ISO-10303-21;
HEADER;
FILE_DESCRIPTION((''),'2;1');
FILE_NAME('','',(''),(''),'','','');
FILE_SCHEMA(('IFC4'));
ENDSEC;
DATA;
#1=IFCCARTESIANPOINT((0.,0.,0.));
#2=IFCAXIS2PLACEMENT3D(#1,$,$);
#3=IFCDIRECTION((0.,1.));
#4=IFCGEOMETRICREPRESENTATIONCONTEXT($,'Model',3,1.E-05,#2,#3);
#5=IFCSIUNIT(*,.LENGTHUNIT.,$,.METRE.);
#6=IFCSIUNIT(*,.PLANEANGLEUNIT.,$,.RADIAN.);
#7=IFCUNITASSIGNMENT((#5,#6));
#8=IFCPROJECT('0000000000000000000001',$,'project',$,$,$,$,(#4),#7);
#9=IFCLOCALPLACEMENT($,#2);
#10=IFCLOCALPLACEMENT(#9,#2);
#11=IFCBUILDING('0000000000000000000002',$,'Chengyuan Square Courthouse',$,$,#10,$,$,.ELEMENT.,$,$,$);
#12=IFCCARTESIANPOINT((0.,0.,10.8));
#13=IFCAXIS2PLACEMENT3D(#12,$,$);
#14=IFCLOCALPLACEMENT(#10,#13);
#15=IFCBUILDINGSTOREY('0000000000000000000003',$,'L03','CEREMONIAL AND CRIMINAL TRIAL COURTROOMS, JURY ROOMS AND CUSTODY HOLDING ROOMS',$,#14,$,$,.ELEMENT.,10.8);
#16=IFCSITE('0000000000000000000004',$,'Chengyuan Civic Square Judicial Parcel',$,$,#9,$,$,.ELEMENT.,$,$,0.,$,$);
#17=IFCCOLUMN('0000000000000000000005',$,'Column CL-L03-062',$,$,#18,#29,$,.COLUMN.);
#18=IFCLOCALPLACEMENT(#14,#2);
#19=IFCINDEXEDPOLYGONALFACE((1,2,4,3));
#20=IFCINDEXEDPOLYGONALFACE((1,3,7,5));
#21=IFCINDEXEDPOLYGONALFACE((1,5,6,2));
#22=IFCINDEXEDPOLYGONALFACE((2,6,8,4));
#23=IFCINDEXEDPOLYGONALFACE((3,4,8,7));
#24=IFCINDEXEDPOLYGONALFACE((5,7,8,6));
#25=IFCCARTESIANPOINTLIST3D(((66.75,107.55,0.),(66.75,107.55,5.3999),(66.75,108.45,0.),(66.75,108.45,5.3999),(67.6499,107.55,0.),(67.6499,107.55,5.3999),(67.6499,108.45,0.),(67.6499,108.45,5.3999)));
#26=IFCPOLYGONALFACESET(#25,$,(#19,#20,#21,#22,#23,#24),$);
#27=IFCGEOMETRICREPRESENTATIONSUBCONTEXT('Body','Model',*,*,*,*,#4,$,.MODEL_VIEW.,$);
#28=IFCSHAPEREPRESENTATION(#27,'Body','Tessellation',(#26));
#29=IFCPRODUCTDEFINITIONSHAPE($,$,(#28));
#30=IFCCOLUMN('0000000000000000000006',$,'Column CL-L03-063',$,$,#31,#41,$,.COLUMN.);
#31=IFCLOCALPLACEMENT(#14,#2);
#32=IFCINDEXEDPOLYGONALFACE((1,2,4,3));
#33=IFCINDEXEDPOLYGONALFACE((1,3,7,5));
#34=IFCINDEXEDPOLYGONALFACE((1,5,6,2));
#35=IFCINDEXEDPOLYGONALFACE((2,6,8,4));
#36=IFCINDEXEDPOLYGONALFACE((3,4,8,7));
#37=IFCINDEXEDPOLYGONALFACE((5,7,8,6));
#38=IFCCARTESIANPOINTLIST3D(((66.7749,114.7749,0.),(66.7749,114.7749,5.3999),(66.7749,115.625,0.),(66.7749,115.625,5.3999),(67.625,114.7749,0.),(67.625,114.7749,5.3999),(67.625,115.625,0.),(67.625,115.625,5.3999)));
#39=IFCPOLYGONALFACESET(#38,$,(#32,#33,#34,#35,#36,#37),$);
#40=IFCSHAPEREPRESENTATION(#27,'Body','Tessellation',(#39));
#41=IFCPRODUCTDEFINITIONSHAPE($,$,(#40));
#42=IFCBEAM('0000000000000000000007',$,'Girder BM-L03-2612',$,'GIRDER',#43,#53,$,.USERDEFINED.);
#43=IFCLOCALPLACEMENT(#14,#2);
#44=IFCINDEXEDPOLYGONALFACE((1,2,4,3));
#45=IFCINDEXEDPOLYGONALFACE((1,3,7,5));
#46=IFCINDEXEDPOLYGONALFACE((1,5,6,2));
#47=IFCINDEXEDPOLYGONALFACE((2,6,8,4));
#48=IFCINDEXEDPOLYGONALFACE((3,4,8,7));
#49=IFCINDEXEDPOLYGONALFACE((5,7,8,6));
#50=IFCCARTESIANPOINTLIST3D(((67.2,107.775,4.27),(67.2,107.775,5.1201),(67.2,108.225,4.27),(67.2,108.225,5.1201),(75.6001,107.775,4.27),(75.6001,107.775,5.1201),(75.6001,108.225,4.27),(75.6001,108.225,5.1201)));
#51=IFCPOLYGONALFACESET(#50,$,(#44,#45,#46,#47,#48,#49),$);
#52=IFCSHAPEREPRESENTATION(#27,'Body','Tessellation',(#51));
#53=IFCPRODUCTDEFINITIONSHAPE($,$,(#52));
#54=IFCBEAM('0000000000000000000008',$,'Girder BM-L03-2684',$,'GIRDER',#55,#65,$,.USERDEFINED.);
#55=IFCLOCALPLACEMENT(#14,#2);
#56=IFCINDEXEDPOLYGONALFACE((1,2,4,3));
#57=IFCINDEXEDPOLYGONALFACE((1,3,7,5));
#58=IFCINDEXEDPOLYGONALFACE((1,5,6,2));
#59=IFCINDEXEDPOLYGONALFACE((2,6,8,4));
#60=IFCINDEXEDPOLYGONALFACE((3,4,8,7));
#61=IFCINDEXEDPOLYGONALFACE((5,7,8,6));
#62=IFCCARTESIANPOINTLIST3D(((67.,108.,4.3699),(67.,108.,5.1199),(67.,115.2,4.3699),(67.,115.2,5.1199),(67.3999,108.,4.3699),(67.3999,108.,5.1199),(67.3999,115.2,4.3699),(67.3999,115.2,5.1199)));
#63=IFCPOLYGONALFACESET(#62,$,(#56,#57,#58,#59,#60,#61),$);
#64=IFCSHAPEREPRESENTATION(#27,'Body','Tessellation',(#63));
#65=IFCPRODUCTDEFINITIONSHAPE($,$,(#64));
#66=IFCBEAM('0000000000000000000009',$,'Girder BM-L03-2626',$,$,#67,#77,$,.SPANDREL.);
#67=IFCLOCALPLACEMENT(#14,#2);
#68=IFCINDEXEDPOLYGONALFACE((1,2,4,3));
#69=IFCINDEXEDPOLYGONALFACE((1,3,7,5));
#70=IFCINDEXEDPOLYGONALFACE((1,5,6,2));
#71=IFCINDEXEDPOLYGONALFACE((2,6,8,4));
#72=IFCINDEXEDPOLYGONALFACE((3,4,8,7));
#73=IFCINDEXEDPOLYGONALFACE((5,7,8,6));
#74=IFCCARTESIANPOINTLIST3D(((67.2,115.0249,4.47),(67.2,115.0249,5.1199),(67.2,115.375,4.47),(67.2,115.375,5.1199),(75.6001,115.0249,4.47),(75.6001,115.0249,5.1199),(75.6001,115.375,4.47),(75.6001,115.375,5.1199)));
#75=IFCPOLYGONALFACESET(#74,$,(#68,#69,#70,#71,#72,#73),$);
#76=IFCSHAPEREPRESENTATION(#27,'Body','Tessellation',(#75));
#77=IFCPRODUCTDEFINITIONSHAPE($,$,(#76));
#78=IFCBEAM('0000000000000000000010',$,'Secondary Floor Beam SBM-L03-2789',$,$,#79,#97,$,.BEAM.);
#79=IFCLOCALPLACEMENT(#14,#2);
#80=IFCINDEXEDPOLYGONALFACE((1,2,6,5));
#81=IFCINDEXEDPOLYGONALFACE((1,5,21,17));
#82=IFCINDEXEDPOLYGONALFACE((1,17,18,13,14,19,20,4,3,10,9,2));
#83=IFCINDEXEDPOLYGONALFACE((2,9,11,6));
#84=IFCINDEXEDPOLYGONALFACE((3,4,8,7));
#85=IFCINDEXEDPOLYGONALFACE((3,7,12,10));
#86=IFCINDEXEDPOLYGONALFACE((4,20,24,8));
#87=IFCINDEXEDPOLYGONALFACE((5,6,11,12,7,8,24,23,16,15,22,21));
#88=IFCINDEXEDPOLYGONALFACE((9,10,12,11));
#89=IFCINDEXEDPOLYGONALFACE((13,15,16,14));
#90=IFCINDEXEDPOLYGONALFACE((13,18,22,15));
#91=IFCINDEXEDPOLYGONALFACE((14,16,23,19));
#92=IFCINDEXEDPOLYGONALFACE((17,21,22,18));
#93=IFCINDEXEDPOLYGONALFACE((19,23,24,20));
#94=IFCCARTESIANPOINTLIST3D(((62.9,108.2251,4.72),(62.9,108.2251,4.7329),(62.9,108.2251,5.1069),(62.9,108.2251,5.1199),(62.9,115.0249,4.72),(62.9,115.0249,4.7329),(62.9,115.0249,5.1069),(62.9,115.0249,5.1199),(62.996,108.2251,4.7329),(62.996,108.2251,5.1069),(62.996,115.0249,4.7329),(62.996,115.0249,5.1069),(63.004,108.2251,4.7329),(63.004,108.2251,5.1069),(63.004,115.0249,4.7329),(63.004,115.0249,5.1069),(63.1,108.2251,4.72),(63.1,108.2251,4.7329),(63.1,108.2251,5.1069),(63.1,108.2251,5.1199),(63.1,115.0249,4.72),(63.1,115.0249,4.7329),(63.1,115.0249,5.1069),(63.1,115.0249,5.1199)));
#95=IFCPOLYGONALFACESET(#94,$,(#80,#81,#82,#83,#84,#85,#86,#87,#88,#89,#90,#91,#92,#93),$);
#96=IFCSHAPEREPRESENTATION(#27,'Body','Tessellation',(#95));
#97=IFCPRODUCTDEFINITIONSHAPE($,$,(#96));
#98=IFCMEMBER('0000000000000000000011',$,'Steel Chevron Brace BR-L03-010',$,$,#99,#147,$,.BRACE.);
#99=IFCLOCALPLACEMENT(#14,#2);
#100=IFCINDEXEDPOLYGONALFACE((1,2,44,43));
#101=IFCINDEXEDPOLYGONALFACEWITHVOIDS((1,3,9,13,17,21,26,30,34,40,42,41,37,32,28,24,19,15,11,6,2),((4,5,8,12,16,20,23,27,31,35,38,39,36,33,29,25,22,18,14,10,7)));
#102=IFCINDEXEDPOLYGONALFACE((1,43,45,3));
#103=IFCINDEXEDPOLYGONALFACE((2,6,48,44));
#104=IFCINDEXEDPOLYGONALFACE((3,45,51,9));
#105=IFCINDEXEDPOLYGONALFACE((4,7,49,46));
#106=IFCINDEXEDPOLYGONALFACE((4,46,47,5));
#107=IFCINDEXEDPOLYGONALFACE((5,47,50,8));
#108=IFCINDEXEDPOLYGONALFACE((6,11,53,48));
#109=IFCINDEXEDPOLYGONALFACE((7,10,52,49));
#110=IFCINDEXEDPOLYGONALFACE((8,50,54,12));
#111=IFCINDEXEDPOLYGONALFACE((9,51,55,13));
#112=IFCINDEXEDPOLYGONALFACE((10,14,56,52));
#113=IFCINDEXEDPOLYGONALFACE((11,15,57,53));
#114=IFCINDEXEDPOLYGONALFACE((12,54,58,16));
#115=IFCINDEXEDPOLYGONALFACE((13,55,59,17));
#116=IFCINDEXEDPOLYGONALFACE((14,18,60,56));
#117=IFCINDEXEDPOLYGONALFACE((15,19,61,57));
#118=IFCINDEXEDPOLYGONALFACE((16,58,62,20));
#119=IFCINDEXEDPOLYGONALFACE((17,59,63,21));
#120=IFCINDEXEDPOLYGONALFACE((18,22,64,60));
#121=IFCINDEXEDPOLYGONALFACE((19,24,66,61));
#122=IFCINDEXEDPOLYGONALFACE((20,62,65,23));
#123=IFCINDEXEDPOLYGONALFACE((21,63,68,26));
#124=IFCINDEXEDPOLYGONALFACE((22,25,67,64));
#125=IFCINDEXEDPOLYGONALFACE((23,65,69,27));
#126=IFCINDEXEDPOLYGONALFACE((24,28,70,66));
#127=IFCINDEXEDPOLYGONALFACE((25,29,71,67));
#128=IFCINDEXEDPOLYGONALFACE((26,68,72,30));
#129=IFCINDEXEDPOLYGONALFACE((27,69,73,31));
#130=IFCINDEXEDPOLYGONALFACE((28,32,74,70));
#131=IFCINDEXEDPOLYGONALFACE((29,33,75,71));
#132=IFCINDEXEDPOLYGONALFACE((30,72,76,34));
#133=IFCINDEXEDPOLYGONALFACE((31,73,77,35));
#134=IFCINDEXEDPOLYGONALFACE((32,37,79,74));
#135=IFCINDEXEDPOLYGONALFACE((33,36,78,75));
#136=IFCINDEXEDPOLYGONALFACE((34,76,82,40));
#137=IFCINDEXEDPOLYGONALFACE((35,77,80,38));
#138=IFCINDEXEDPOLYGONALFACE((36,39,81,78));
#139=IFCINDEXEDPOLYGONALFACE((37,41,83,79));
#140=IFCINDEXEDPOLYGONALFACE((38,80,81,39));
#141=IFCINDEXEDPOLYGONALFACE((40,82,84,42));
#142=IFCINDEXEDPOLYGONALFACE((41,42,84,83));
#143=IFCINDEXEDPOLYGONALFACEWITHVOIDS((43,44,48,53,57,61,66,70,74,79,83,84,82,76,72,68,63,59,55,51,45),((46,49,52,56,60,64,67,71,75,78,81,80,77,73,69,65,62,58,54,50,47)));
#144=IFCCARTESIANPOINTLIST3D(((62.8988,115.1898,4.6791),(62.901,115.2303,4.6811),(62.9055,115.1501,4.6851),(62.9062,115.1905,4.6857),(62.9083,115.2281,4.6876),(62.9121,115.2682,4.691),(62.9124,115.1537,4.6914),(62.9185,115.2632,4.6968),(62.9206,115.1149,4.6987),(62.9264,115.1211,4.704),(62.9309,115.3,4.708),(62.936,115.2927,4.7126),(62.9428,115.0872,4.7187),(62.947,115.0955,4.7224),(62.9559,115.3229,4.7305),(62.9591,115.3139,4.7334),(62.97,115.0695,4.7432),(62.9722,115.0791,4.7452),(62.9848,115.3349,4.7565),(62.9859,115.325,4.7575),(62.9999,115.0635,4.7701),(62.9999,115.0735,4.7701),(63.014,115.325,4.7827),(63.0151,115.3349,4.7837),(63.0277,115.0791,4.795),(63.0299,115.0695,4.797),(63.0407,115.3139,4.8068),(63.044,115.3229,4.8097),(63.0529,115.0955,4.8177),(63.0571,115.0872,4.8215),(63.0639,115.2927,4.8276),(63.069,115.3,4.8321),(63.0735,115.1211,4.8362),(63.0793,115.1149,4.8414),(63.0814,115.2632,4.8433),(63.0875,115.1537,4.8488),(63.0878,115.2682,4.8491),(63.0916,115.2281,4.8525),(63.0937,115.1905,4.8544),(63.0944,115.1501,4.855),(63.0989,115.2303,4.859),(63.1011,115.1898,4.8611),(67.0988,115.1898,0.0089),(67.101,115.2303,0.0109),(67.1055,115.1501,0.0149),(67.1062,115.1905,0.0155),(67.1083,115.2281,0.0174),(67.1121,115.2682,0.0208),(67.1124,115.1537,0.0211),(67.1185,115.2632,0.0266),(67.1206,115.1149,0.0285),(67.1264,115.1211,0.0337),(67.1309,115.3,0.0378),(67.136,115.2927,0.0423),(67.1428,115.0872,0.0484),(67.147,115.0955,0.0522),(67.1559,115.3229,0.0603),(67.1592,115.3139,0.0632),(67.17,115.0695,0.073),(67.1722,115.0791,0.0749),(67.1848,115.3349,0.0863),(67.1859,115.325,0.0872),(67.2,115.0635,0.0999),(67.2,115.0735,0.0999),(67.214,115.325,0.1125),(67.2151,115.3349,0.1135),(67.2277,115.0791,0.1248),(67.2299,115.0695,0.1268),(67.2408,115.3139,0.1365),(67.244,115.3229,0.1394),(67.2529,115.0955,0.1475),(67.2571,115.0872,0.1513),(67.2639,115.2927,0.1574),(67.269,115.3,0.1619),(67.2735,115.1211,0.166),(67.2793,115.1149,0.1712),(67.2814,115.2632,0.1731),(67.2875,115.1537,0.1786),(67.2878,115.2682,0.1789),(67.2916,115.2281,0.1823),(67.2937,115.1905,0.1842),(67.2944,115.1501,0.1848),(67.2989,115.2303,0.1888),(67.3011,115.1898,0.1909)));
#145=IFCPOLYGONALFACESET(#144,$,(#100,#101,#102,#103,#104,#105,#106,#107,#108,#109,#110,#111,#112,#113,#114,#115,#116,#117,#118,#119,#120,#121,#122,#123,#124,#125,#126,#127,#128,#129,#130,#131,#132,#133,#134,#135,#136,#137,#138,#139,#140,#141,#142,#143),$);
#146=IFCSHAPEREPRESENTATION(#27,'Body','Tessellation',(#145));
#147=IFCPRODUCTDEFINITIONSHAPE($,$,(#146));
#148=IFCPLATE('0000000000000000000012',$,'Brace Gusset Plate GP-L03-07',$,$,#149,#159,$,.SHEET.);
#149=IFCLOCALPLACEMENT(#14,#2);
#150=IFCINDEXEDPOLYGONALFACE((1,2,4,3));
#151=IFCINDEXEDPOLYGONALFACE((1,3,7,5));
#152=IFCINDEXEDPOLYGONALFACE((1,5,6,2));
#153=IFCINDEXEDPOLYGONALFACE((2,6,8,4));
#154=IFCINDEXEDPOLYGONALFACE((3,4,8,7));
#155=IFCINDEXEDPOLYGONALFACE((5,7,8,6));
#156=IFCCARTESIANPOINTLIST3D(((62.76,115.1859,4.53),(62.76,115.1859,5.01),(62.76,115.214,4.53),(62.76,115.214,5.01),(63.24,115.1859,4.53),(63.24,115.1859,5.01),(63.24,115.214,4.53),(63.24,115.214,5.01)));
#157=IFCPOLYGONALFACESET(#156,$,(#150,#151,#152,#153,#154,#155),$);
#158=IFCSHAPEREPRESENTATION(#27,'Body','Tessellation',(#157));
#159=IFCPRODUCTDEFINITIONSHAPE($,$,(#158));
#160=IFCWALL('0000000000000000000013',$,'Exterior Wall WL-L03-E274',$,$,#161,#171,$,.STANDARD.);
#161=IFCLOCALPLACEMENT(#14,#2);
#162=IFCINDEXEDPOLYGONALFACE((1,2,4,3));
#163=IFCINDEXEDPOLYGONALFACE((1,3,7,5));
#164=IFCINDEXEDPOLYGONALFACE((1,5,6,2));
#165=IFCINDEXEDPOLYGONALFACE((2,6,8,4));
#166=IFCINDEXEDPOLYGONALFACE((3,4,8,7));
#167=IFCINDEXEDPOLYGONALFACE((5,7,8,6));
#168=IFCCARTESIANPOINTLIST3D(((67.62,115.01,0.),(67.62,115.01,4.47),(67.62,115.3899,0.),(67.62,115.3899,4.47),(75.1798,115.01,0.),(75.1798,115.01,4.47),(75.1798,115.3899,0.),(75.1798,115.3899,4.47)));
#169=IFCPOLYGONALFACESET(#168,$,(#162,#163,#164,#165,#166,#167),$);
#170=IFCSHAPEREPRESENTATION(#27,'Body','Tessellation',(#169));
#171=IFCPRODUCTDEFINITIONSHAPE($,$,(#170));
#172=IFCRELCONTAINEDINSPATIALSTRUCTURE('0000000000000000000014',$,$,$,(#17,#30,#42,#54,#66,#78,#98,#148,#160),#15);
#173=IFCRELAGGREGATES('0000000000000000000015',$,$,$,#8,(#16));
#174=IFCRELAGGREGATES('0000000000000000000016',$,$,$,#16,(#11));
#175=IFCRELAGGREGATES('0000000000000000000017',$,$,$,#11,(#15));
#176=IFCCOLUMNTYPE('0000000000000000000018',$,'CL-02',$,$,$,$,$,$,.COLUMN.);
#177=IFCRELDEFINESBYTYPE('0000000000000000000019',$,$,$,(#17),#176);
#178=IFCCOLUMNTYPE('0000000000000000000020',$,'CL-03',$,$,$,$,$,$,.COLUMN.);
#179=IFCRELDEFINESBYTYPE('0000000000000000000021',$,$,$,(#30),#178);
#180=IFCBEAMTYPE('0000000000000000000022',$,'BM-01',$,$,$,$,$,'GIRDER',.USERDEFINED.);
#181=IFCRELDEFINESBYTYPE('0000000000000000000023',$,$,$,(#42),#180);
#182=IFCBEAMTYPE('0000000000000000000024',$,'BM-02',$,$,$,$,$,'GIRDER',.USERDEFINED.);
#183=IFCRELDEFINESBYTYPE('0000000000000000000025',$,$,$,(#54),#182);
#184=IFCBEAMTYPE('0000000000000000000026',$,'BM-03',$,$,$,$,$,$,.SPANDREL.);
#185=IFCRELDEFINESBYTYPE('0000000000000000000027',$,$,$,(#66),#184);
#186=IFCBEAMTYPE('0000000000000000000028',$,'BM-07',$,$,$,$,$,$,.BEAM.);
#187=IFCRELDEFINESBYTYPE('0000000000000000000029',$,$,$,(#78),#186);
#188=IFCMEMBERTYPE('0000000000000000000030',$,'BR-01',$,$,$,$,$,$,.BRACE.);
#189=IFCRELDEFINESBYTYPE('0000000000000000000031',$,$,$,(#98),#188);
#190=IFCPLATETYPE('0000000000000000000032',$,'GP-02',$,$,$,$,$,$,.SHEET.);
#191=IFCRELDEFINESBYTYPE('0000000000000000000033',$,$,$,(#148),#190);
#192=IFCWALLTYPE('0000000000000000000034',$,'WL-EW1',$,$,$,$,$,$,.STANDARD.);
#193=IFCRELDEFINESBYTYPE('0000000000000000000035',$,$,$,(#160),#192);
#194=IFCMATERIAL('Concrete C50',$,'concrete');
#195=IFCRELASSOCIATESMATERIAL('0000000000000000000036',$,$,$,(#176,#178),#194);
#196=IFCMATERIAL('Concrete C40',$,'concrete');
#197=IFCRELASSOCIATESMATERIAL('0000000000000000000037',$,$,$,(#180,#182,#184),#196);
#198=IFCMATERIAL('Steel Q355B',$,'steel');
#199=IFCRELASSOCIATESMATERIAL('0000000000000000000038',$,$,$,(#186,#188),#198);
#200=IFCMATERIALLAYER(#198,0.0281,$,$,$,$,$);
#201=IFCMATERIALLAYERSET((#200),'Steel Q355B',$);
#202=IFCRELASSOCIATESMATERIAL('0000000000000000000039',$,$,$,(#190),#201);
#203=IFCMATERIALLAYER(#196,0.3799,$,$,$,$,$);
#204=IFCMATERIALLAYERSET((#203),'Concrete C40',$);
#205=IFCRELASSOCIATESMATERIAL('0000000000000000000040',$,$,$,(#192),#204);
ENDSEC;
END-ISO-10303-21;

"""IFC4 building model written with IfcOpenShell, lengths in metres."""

from ifc_helpers import new_model, si_unit, direction, frame, frame_2d, origin, origin_2d, place, context, subcontext, project, spatial, rectangle, hollow_circle, i_section, extrude, material, layer, layer_set, material_profile, profile_set, type_object, element, save


model = new_model("IFC4")

# Units and contexts
model_context = context("Model", 3, precision=1e-05, world=origin(), true_north=direction((0.0, 1.0)))
body_context = subcontext(model_context, "Body", "Model", "MODEL_VIEW")
ifc_project = project(units=[si_unit("LENGTHUNIT", "METRE"), si_unit("PLANEANGLEUNIT", "RADIAN")], contexts=[model_context])

# Site, building, storey
site_placement = place(None, origin())
site = spatial("IfcSite", under=ifc_project, at=site_placement, Name="Chengyuan Civic Square Judicial Parcel", CompositionType="ELEMENT", RefElevation=0.0)
building_placement = place(site_placement, origin())
building = spatial("IfcBuilding", under=site, at=building_placement, Name="Chengyuan Square Courthouse", CompositionType="ELEMENT")
storey_placement = place(building_placement, frame((0.0, 0.0, 10.8)))
storey = spatial("IfcBuildingStorey", under=building, at=storey_placement, Name="L03", Description="CEREMONIAL AND CRIMINAL TRIAL COURTROOMS, JURY ROOMS AND CUSTODY HOLDING ROOMS", CompositionType="ELEMENT", Elevation=10.8)

# Columns
ifc_material_1 = material(Name="Concrete C50", Category="concrete")
ifc_material_profile_1 = material_profile(ifc_material_1, rectangle(XDim=0.8999, YDim=0.8999, at=origin_2d()), Name="RC-COL-900x900")
ifc_profile_set_1 = profile_set([ifc_material_profile_1], Name="Concrete C50")
column_type_1 = type_object("IfcColumnType", Name="CL-02", PredefinedType="COLUMN", material=ifc_profile_set_1)
column_1_placement = place(storey_placement, frame((67.2, 108.0, 0.0), z_axis=(0.0, 0.0, 1.0), x_axis=(1.0, 0.0, 0.0)))
element("IfcColumn", 1, at=column_1_placement, inside=storey, type_object=column_type_1, Name="Column CL-L03-062", PredefinedType="COLUMN", context=body_context, shape_type="SweptSolid", body=[
    extrude(rectangle(XDim=0.8999, YDim=0.8999, at=origin_2d()), origin(), (0.0, 0.0, 1.0), 5.3999),
])
ifc_material_profile_2 = material_profile(ifc_material_1, rectangle(XDim=0.8501, YDim=0.8501, at=origin_2d()), Name="RC-COL-850x850")
ifc_profile_set_2 = profile_set([ifc_material_profile_2], Name="Concrete C50")
column_type_2 = type_object("IfcColumnType", Name="CL-03", PredefinedType="COLUMN", material=ifc_profile_set_2)
column_2_placement = place(storey_placement, frame((67.2, 115.2, 0.0), z_axis=(0.0, 0.0, 1.0), x_axis=(1.0, 0.0, 0.0)))
element("IfcColumn", 2, at=column_2_placement, inside=storey, type_object=column_type_2, Name="Column CL-L03-063", PredefinedType="COLUMN", context=body_context, shape_type="SweptSolid", body=[
    extrude(rectangle(XDim=0.8501, YDim=0.8501, at=origin_2d()), origin(), (0.0, 0.0, 1.0), 5.3999),
])

# Beams
ifc_material_2 = material(Name="Concrete C40", Category="concrete")
ifc_material_profile_3 = material_profile(ifc_material_2, rectangle(XDim=0.45, YDim=0.8501, at=origin_2d()), Name="RC-BM-450x850")
ifc_profile_set_3 = profile_set([ifc_material_profile_3], Name="Concrete C40")
beam_type_1 = type_object("IfcBeamType", Name="BM-01", ElementType="GIRDER", PredefinedType="USERDEFINED", material=ifc_profile_set_3)
beam_1_placement = place(storey_placement, frame((67.2, 108.0, 4.6951), z_axis=(1.0, 0.0, 0.0), x_axis=(0.0, 1.0, 0.0)))
element("IfcBeam", 3, at=beam_1_placement, inside=storey, type_object=beam_type_1, Name="Girder BM-L03-2612", ObjectType="GIRDER", PredefinedType="USERDEFINED", context=body_context, shape_type="SweptSolid", body=[
    extrude(rectangle(XDim=0.45, YDim=0.8501, at=origin_2d()), origin(), (0.0, 0.0, 1.0), 8.4001),
])
ifc_material_profile_4 = material_profile(ifc_material_2, rectangle(XDim=0.3999, YDim=0.75, at=origin_2d()), Name="RC-BM-400x750")
ifc_profile_set_4 = profile_set([ifc_material_profile_4], Name="Concrete C40")
beam_type_2 = type_object("IfcBeamType", Name="BM-02", ElementType="GIRDER", PredefinedType="USERDEFINED", material=ifc_profile_set_4)
beam_2_placement = place(storey_placement, frame((67.2, 108.0, 4.7449), z_axis=(0.0, 1.0, 0.0), x_axis=(-1.0, 0.0, 0.0)))
element("IfcBeam", 4, at=beam_2_placement, inside=storey, type_object=beam_type_2, Name="Girder BM-L03-2684", ObjectType="GIRDER", PredefinedType="USERDEFINED", context=body_context, shape_type="SweptSolid", body=[
    extrude(rectangle(XDim=0.3999, YDim=0.75, at=origin_2d()), origin(), (0.0, 0.0, 1.0), 7.2),
])
ifc_material_profile_5 = material_profile(ifc_material_2, rectangle(XDim=0.3501, YDim=0.6499, at=origin_2d()), Name="RC-BM-350x650")
ifc_profile_set_5 = profile_set([ifc_material_profile_5], Name="Concrete C40")
beam_type_3 = type_object("IfcBeamType", Name="BM-03", PredefinedType="SPANDREL", material=ifc_profile_set_5)
beam_3_placement = place(storey_placement, frame((67.2, 115.2, 4.7949), z_axis=(1.0, 0.0, 0.0), x_axis=(0.0, 1.0, 0.0)))
element("IfcBeam", 5, at=beam_3_placement, inside=storey, type_object=beam_type_3, Name="Girder BM-L03-2626", PredefinedType="SPANDREL", context=body_context, shape_type="SweptSolid", body=[
    extrude(rectangle(XDim=0.3501, YDim=0.6499, at=origin_2d()), origin(), (0.0, 0.0, 1.0), 8.4001),
])
ifc_material_3 = material(Name="Steel Q355B", Category="steel")
ifc_material_profile_6 = material_profile(ifc_material_3, i_section(OverallWidth=0.2, OverallDepth=0.3999, WebThickness=0.0081, FlangeThickness=0.0129, at=origin_2d()), Name="HN 400x200x8x13")
ifc_profile_set_6 = profile_set([ifc_material_profile_6], Name="Steel Q355B")
beam_type_4 = type_object("IfcBeamType", Name="BM-07", PredefinedType="BEAM", material=ifc_profile_set_6)
beam_4_placement = place(storey_placement, frame((63.0, 108.2251, 4.9199), z_axis=(0.0, 1.0, 0.0), x_axis=(-1.0, 0.0, 0.0)))
element("IfcBeam", 6, at=beam_4_placement, inside=storey, type_object=beam_type_4, Name="Secondary Floor Beam SBM-L03-2789", PredefinedType="BEAM", context=body_context, shape_type="SweptSolid", body=[
    extrude(i_section(OverallWidth=0.2, OverallDepth=0.3999, WebThickness=0.0081, FlangeThickness=0.0129, at=origin_2d()), origin(), (0.0, 0.0, 1.0), 6.7998),
])

# Member
ifc_material_profile_7 = material_profile(ifc_material_3, hollow_circle(Radius=0.1365, WallThickness=0.01, at=origin_2d()), Name="CHS 273x10")
ifc_profile_set_7 = profile_set([ifc_material_profile_7], Name="Steel Q355B")
member_type = type_object("IfcMemberType", Name="BR-01", PredefinedType="BRACE", material=ifc_profile_set_7)
member_placement = place(storey_placement, frame((67.2, 115.2, 0.0999), z_axis=(-0.668683, 0.0, 0.743547), x_axis=(0.0, -1.0, 0.0)))
element("IfcMember", 7, at=member_placement, inside=storey, type_object=member_type, Name="Steel Chevron Brace BR-L03-010", PredefinedType="BRACE", context=body_context, shape_type="SweptSolid", body=[
    extrude(hollow_circle(Radius=0.1365, WallThickness=0.01, at=origin_2d()), origin(), (0.0, 0.0, 1.0), 6.281),
])

# Plate
ifc_layer_1 = layer(ifc_material_3, 0.0281)
ifc_layer_set_1 = layer_set([ifc_layer_1], Name="Steel Q355B")
plate_type = type_object("IfcPlateType", Name="GP-02", PredefinedType="SHEET", material=ifc_layer_set_1)
plate_placement = place(storey_placement, frame((63.0, 115.2, 4.53), z_axis=(0.0, 0.0, 1.0), x_axis=(1.0, 0.0, 0.0)))
element("IfcPlate", 8, at=plate_placement, inside=storey, type_object=plate_type, Name="Brace Gusset Plate GP-L03-07", PredefinedType="SHEET", context=body_context, shape_type="SweptSolid", body=[
    extrude(rectangle(XDim=0.48, YDim=0.0281, at=origin_2d()), origin(), (0.0, 0.0, 1.0), 0.48),
])

# Wall
ifc_layer_2 = layer(ifc_material_2, 0.3799)
ifc_layer_set_2 = layer_set([ifc_layer_2], Name="Concrete C40")
wall_type_1 = type_object("IfcWallType", Name="WL-EW1", PredefinedType="STANDARD", material=ifc_layer_set_2)
wall_1_placement = place(storey_placement, frame((67.6201, 115.2, 0.0), z_axis=(0.0, 0.0, 1.0), x_axis=(1.0, 0.0, 0.0)))
element("IfcWall", 9, at=wall_1_placement, inside=storey, type_object=wall_type_1, Name="Exterior Wall WL-L03-E274", PredefinedType="STANDARD", context=body_context, shape_type="SweptSolid", body=[
    extrude(rectangle(XDim=7.5598, YDim=0.3799, at=frame_2d((3.7798, 0.0))), origin(), (0.0, 0.0, 1.0), 4.47),
])

save(model, "model.ifc")
